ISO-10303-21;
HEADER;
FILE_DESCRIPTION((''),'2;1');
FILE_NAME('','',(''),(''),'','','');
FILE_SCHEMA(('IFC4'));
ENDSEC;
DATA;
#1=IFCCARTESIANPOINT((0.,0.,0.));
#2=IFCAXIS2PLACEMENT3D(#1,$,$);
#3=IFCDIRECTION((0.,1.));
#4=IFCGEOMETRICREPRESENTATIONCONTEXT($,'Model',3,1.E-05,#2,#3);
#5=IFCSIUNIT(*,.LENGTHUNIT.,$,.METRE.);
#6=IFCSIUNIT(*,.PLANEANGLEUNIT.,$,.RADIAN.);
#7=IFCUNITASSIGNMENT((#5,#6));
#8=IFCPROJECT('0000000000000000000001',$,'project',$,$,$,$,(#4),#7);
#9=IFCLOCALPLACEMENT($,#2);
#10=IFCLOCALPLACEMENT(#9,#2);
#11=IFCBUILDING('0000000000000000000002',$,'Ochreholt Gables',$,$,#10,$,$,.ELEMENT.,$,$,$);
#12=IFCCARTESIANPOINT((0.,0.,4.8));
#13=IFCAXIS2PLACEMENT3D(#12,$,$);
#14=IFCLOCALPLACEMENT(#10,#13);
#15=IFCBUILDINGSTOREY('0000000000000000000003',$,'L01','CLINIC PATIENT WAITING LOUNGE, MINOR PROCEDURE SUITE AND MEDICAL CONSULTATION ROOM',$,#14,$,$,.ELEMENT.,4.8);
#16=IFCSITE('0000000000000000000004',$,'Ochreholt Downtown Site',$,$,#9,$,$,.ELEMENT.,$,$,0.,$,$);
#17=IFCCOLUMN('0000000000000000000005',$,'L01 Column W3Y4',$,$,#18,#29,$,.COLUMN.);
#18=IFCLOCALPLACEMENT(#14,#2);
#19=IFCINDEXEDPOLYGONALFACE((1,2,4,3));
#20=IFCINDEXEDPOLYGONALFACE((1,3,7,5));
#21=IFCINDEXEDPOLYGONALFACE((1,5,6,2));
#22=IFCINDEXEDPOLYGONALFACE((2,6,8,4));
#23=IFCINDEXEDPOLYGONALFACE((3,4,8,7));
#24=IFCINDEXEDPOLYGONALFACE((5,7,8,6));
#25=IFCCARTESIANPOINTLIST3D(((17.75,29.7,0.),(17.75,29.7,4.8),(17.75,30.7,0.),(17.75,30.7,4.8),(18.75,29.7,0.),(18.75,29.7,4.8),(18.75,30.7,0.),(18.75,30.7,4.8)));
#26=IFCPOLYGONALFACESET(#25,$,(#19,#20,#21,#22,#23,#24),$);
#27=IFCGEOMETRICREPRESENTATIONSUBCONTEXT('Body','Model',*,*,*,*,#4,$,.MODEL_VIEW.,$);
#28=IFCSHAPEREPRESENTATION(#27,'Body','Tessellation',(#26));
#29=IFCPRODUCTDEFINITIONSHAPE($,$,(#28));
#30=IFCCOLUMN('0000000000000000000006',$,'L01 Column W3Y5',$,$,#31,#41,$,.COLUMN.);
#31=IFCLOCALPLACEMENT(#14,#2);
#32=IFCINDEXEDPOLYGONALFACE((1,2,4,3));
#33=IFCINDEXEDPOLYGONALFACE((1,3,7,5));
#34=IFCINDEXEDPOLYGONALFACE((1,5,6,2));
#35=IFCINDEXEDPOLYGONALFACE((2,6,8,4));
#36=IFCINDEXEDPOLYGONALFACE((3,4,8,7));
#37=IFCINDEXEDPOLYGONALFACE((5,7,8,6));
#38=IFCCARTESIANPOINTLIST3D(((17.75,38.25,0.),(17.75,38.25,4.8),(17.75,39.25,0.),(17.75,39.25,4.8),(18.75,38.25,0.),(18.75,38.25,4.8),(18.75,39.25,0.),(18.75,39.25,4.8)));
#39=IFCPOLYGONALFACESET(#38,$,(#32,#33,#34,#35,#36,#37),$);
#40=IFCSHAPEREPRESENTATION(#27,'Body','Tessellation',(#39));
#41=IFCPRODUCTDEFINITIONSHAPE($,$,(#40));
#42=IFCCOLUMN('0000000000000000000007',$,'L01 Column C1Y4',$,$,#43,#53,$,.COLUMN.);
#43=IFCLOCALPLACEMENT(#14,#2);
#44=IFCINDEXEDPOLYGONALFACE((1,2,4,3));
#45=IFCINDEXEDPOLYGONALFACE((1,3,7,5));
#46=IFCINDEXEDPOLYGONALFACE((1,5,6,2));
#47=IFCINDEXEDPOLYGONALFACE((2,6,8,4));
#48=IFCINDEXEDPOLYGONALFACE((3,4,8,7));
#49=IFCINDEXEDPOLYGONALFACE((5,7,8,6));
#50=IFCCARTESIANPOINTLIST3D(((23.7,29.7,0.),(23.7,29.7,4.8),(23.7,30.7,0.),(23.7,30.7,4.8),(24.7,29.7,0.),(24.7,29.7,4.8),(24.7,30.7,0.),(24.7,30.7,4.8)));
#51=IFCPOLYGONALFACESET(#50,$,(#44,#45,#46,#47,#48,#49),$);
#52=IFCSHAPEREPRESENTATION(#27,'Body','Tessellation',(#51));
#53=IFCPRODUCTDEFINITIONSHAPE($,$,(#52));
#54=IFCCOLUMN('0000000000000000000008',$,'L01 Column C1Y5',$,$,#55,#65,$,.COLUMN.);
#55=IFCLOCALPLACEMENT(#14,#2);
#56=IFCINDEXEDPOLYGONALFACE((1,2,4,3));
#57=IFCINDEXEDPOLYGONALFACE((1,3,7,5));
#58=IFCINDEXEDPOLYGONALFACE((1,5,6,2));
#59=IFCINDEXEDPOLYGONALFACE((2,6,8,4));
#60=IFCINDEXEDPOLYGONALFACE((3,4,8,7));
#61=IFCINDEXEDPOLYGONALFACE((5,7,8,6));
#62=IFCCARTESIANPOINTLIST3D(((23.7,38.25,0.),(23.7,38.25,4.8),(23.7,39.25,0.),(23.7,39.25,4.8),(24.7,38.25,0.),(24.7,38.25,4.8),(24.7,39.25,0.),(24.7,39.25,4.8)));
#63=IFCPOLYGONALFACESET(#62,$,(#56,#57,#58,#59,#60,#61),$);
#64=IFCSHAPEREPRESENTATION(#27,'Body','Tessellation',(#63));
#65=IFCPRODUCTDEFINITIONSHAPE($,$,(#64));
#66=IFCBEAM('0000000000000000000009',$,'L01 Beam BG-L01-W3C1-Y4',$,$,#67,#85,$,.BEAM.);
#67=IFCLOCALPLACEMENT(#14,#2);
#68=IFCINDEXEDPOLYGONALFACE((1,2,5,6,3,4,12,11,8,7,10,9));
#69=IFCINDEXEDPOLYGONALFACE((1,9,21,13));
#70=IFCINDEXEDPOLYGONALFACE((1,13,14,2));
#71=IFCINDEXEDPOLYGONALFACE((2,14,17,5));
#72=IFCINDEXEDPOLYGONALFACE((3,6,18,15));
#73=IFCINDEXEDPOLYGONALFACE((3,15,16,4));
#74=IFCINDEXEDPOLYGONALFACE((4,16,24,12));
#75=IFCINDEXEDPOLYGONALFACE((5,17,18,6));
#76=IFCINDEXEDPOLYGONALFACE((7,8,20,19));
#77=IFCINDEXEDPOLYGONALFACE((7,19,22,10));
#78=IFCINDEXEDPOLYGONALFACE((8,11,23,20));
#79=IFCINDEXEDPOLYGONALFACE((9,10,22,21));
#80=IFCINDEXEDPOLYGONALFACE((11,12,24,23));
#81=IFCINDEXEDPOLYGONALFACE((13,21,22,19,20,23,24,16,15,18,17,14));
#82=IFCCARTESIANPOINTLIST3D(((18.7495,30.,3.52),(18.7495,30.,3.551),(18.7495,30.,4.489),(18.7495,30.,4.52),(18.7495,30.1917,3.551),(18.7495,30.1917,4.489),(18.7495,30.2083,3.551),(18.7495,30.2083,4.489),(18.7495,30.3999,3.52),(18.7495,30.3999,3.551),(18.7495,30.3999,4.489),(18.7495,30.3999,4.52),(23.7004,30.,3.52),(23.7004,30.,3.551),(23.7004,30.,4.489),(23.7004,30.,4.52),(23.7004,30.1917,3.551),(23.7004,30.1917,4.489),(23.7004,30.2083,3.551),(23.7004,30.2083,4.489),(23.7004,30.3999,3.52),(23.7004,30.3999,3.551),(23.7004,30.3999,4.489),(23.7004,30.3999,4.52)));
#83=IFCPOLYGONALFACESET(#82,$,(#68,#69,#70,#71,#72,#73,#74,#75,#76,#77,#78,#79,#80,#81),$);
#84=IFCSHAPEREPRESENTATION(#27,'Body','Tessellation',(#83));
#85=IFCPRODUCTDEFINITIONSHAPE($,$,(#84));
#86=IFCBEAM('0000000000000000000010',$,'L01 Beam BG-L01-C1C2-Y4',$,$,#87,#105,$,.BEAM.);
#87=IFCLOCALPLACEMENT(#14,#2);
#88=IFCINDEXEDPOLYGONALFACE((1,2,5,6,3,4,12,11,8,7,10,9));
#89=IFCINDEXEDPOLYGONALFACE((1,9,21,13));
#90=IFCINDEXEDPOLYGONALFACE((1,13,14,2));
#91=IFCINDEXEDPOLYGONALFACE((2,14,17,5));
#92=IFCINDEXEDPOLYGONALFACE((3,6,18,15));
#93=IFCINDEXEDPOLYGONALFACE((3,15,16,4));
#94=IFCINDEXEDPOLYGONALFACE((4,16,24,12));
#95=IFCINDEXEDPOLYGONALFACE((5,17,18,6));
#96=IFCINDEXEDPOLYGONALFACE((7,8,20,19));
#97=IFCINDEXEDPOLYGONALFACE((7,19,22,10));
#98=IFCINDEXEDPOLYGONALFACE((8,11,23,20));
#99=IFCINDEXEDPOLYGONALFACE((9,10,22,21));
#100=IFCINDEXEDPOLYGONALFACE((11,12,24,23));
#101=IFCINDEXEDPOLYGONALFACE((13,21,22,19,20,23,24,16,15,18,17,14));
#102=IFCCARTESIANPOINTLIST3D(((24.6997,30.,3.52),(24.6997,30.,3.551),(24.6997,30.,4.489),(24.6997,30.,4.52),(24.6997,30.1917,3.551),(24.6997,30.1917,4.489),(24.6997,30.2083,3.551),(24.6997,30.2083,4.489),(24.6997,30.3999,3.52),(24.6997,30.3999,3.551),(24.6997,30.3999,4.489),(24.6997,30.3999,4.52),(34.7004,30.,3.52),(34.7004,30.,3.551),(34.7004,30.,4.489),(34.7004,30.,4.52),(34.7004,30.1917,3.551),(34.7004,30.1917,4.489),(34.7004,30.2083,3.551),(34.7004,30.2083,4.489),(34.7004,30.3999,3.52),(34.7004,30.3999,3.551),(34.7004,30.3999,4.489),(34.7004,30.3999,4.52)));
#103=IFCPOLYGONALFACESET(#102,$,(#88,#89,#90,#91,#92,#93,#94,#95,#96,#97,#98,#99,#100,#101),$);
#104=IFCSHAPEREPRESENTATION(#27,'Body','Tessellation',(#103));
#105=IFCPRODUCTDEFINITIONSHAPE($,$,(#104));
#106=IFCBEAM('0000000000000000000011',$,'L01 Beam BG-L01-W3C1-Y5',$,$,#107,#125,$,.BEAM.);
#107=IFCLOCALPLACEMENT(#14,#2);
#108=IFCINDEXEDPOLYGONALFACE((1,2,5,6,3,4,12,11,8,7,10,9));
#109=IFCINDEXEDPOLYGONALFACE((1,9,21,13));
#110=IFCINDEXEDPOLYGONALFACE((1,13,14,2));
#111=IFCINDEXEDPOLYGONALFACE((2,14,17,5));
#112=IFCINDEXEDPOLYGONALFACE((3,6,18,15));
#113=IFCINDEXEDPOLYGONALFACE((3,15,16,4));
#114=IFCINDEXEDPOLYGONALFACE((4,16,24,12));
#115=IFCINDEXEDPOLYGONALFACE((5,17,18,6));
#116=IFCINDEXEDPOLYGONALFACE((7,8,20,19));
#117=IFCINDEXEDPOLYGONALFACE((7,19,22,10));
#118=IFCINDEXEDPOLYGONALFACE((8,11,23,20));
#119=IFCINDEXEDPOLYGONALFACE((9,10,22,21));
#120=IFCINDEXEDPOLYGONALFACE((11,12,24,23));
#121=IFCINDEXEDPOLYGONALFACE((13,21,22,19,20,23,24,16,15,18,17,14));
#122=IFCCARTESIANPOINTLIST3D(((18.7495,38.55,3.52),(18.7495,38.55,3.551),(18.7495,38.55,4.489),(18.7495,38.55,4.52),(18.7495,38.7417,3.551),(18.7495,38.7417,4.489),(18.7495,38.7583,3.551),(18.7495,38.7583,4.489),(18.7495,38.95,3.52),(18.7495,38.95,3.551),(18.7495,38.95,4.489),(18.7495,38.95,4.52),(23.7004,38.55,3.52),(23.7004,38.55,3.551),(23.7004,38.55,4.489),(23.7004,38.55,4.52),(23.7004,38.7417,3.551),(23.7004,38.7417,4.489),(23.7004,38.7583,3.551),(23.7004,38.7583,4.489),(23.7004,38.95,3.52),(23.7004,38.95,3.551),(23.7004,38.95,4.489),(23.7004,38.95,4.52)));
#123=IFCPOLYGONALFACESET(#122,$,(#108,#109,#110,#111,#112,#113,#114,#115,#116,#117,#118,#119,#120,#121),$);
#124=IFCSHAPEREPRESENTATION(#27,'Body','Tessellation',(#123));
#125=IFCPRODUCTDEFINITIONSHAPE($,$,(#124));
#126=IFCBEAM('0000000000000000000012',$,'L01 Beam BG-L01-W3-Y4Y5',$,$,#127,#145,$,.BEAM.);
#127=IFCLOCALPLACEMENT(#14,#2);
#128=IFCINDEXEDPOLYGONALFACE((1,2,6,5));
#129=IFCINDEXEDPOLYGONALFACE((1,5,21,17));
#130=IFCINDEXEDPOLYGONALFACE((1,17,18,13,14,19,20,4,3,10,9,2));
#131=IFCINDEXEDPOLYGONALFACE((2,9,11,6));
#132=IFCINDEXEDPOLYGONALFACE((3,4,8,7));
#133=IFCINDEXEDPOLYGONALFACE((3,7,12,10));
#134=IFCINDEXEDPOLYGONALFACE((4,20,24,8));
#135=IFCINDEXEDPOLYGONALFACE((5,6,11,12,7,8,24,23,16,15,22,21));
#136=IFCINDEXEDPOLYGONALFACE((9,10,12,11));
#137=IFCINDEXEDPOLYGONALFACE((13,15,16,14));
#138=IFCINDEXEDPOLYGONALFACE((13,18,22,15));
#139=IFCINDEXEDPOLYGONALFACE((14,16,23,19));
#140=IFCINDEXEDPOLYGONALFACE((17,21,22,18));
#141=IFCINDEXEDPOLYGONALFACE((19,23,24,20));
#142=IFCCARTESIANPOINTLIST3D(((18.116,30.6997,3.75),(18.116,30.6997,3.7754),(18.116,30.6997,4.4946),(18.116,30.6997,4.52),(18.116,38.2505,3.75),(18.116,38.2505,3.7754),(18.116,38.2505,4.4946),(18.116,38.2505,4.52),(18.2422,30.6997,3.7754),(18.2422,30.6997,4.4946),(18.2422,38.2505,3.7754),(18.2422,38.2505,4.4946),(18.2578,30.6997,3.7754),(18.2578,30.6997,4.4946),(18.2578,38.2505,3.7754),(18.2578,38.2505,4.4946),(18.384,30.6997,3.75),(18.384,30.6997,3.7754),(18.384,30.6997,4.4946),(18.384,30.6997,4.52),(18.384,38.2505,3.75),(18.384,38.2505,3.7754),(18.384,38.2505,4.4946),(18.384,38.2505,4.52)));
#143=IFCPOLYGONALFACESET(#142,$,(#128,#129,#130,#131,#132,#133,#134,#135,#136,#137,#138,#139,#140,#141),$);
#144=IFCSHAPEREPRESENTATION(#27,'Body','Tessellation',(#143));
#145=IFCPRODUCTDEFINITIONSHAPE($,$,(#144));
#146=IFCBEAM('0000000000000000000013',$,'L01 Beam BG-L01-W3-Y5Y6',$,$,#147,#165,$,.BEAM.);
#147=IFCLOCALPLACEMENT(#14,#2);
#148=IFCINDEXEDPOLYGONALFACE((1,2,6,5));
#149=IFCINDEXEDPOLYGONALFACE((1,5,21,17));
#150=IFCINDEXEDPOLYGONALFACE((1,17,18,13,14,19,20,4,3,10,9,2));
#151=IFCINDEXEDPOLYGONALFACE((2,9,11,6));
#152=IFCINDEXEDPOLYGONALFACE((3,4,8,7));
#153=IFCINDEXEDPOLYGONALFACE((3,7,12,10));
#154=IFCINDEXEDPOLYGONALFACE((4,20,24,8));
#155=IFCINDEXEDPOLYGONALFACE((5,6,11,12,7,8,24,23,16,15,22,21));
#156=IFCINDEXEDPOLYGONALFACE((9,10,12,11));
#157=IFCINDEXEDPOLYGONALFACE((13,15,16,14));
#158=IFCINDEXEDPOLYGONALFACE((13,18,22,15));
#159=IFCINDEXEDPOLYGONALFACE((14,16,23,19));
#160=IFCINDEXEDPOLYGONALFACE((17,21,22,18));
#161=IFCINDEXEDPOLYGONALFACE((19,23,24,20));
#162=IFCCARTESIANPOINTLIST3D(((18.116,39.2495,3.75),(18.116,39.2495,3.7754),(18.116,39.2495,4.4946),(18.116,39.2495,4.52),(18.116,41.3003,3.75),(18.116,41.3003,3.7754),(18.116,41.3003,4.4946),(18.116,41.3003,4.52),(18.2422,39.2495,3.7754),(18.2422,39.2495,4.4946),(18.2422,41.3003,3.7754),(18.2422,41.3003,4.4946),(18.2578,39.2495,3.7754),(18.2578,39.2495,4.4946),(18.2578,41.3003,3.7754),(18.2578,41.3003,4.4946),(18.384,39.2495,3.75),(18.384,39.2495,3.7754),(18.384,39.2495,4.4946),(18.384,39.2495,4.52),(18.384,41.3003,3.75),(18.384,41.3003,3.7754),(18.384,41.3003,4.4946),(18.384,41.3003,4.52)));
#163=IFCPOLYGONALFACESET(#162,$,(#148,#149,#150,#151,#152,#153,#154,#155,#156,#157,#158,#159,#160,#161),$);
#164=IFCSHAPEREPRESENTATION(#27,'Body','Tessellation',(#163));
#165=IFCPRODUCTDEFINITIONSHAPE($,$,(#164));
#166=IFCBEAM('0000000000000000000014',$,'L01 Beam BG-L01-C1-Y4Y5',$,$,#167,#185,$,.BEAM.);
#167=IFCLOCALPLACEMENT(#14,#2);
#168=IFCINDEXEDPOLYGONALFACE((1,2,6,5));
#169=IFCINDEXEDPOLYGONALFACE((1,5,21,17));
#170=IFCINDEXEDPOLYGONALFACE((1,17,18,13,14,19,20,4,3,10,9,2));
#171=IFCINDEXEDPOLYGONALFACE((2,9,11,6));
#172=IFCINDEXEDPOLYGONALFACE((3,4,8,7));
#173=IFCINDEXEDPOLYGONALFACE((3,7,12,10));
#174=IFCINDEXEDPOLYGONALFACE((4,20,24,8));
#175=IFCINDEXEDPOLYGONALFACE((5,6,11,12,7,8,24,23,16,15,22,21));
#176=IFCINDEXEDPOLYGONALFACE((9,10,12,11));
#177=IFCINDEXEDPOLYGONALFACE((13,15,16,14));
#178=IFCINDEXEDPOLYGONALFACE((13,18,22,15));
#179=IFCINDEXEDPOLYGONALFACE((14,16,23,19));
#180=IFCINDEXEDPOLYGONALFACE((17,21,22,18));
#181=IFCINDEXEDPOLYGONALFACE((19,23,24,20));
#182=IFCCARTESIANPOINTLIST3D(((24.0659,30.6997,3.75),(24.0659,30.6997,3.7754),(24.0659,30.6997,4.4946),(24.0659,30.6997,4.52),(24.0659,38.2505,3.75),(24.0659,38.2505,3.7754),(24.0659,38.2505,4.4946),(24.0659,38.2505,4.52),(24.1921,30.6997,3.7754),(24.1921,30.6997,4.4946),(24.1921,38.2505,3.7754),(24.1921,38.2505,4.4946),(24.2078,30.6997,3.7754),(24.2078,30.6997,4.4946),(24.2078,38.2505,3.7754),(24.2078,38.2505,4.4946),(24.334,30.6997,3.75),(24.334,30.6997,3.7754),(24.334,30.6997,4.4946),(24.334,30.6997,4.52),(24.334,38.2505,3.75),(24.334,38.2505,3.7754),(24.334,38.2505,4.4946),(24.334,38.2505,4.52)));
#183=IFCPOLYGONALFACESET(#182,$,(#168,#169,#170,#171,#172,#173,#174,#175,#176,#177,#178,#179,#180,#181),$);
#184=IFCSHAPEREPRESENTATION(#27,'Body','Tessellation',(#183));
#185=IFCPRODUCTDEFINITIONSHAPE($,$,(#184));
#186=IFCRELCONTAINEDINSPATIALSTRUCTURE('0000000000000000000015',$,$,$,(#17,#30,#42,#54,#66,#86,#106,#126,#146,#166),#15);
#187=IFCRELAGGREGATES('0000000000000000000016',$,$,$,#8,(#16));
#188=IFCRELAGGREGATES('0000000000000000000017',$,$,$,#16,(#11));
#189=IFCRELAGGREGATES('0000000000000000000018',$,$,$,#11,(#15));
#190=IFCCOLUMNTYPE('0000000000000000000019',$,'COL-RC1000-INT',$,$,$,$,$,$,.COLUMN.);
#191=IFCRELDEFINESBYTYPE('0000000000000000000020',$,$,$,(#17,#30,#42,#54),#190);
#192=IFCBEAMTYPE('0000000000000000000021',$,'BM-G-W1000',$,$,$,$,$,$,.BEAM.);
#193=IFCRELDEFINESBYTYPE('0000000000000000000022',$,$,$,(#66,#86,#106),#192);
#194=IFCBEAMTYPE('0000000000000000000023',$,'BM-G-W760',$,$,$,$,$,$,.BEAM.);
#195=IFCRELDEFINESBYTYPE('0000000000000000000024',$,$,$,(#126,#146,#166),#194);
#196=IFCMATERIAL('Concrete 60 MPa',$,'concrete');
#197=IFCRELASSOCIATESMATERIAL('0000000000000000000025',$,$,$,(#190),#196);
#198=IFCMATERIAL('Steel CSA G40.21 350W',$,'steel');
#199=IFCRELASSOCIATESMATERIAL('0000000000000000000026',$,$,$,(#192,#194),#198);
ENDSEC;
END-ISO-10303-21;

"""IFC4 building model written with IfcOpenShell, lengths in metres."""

from ifc_helpers import new_model, si_unit, direction, frame, origin, origin_2d, place, context, subcontext, project, spatial, rectangle, i_section, extrude, material, material_profile, profile_set, type_object, element, save


model = new_model("IFC4")

# Units and contexts
model_context = context("Model", 3, precision=1e-05, world=origin(), true_north=direction((0.0, 1.0)))
body_context = subcontext(model_context, "Body", "Model", "MODEL_VIEW")
ifc_project = project(units=[si_unit("LENGTHUNIT", "METRE"), si_unit("PLANEANGLEUNIT", "RADIAN")], contexts=[model_context])

# Site, building, storey
site_placement = place(None, origin())
site = spatial("IfcSite", under=ifc_project, at=site_placement, Name="Ochreholt Downtown Site", CompositionType="ELEMENT", RefElevation=0.0)
building_placement = place(site_placement, origin())
building = spatial("IfcBuilding", under=site, at=building_placement, Name="Ochreholt Gables", CompositionType="ELEMENT")
storey_placement = place(building_placement, frame((0.0, 0.0, 4.8)))
storey = spatial("IfcBuildingStorey", under=building, at=storey_placement, Name="L01", Description="CLINIC PATIENT WAITING LOUNGE, MINOR PROCEDURE SUITE AND MEDICAL CONSULTATION ROOM", CompositionType="ELEMENT", Elevation=4.8)

# Columns
ifc_material_1 = material(Name="Concrete 60 MPa", Category="concrete")
ifc_material_profile_1 = material_profile(ifc_material_1, rectangle(XDim=1.0, YDim=1.0, at=origin_2d()), Name="RC1000X1000")
ifc_profile_set_1 = profile_set([ifc_material_profile_1], Name="Concrete 60 MPa")
column_type = type_object("IfcColumnType", Name="COL-RC1000-INT", PredefinedType="COLUMN", material=ifc_profile_set_1)
for number, where, z_axis, x_axis, name in (
    (1, (18.25, 30.2, 0.0), (0.0, 0.0, 1.0), (1.0, 0.0, 0.0), "L01 Column W3Y4"),
    (2, (18.25, 38.75, 0.0), (0.0, 0.0, 1.0), (1.0, 0.0, 0.0), "L01 Column W3Y5"),
    (3, (24.2, 30.2, 0.0), (0.0, 0.0, 1.0), (1.0, 0.0, 0.0), "L01 Column C1Y4"),
    (4, (24.2, 38.75, 0.0), (0.0, 0.0, 1.0), (1.0, 0.0, 0.0), "L01 Column C1Y5"),
):
    element("IfcColumn", number, at=place(storey_placement, frame(where, z_axis=z_axis, x_axis=x_axis)), inside=storey, type_object=column_type, Name=name, PredefinedType="COLUMN", context=body_context, shape_type="SweptSolid", body=[
        extrude(rectangle(XDim=1.0, YDim=1.0, at=origin_2d()), origin(), (0.0, 0.0, 1.0), 4.8),
    ])

# Beams
ifc_material_2 = material(Name="Steel CSA G40.21 350W", Category="steel")
ifc_material_profile_2 = material_profile(ifc_material_2, i_section(OverallWidth=0.3999, OverallDepth=1.0, WebThickness=0.0166, FlangeThickness=0.031, at=origin_2d()), Name="W1000X321")
ifc_profile_set_2 = profile_set([ifc_material_profile_2], Name="Steel CSA G40.21 350W")
beam_type_1 = type_object("IfcBeamType", Name="BM-G-W1000", PredefinedType="BEAM", material=ifc_profile_set_2)
beam_1_placement = place(storey_placement, frame((18.7495, 30.2, 4.02), z_axis=(1.0, 0.0, 0.0), x_axis=(0.0, 1.0, 0.0)))
element("IfcBeam", 5, at=beam_1_placement, inside=storey, type_object=beam_type_1, Name="L01 Beam BG-L01-W3C1-Y4", PredefinedType="BEAM", context=body_context, shape_type="SweptSolid", body=[
    extrude(i_section(OverallWidth=0.3999, OverallDepth=1.0, WebThickness=0.0166, FlangeThickness=0.031, at=origin_2d()), origin(), (0.0, 0.0, 1.0), 4.9509),
])
beam_2_placement = place(storey_placement, frame((24.6997, 30.2, 4.02), z_axis=(1.0, 0.0, 0.0), x_axis=(0.0, 1.0, 0.0)))
element("IfcBeam", 6, at=beam_2_placement, inside=storey, type_object=beam_type_1, Name="L01 Beam BG-L01-C1C2-Y4", PredefinedType="BEAM", context=body_context, shape_type="SweptSolid", body=[
    extrude(i_section(OverallWidth=0.3999, OverallDepth=1.0, WebThickness=0.0166, FlangeThickness=0.031, at=origin_2d()), origin(), (0.0, 0.0, 1.0), 10.0007),
])
beam_3_placement = place(storey_placement, frame((18.7495, 38.75, 4.02), z_axis=(1.0, 0.0, 0.0), x_axis=(0.0, 1.0, 0.0)))
element("IfcBeam", 7, at=beam_3_placement, inside=storey, type_object=beam_type_1, Name="L01 Beam BG-L01-W3C1-Y5", PredefinedType="BEAM", context=body_context, shape_type="SweptSolid", body=[
    extrude(i_section(OverallWidth=0.3999, OverallDepth=1.0, WebThickness=0.0166, FlangeThickness=0.031, at=origin_2d()), origin(), (0.0, 0.0, 1.0), 4.9509),
])
ifc_material_profile_3 = material_profile(ifc_material_2, i_section(OverallWidth=0.2681, OverallDepth=0.77, WebThickness=0.0156, FlangeThickness=0.0254, at=origin_2d()), Name="W760X196")
ifc_profile_set_3 = profile_set([ifc_material_profile_3], Name="Steel CSA G40.21 350W")
beam_type_2 = type_object("IfcBeamType", Name="BM-G-W760", PredefinedType="BEAM", material=ifc_profile_set_3)
beam_4_placement = place(storey_placement, frame((18.25, 30.6997, 4.135), z_axis=(0.0, 1.0, 0.0), x_axis=(-1.0, 0.0, 0.0)))
element("IfcBeam", 8, at=beam_4_placement, inside=storey, type_object=beam_type_2, Name="L01 Beam BG-L01-W3-Y4Y5", PredefinedType="BEAM", context=body_context, shape_type="SweptSolid", body=[
    extrude(i_section(OverallWidth=0.2681, OverallDepth=0.77, WebThickness=0.0156, FlangeThickness=0.0254, at=origin_2d()), origin(), (0.0, 0.0, 1.0), 7.5508),
])
beam_5_placement = place(storey_placement, frame((18.25, 39.2495, 4.135), z_axis=(0.0, 1.0, 0.0), x_axis=(-1.0, 0.0, 0.0)))
element("IfcBeam", 9, at=beam_5_placement, inside=storey, type_object=beam_type_2, Name="L01 Beam BG-L01-W3-Y5Y6", PredefinedType="BEAM", context=body_context, shape_type="SweptSolid", body=[
    extrude(i_section(OverallWidth=0.2681, OverallDepth=0.77, WebThickness=0.0156, FlangeThickness=0.0254, at=origin_2d()), origin(), (0.0, 0.0, 1.0), 2.0508),
])
beam_6_placement = place(storey_placement, frame((24.2, 30.6997, 4.135), z_axis=(0.0, 1.0, 0.0), x_axis=(-1.0, 0.0, 0.0)))
element("IfcBeam", 10, at=beam_6_placement, inside=storey, type_object=beam_type_2, Name="L01 Beam BG-L01-C1-Y4Y5", PredefinedType="BEAM", context=body_context, shape_type="SweptSolid", body=[
    extrude(i_section(OverallWidth=0.2681, OverallDepth=0.77, WebThickness=0.0156, FlangeThickness=0.0254, at=origin_2d()), origin(), (0.0, 0.0, 1.0), 7.5508),
])

save(model, "model.ifc")
